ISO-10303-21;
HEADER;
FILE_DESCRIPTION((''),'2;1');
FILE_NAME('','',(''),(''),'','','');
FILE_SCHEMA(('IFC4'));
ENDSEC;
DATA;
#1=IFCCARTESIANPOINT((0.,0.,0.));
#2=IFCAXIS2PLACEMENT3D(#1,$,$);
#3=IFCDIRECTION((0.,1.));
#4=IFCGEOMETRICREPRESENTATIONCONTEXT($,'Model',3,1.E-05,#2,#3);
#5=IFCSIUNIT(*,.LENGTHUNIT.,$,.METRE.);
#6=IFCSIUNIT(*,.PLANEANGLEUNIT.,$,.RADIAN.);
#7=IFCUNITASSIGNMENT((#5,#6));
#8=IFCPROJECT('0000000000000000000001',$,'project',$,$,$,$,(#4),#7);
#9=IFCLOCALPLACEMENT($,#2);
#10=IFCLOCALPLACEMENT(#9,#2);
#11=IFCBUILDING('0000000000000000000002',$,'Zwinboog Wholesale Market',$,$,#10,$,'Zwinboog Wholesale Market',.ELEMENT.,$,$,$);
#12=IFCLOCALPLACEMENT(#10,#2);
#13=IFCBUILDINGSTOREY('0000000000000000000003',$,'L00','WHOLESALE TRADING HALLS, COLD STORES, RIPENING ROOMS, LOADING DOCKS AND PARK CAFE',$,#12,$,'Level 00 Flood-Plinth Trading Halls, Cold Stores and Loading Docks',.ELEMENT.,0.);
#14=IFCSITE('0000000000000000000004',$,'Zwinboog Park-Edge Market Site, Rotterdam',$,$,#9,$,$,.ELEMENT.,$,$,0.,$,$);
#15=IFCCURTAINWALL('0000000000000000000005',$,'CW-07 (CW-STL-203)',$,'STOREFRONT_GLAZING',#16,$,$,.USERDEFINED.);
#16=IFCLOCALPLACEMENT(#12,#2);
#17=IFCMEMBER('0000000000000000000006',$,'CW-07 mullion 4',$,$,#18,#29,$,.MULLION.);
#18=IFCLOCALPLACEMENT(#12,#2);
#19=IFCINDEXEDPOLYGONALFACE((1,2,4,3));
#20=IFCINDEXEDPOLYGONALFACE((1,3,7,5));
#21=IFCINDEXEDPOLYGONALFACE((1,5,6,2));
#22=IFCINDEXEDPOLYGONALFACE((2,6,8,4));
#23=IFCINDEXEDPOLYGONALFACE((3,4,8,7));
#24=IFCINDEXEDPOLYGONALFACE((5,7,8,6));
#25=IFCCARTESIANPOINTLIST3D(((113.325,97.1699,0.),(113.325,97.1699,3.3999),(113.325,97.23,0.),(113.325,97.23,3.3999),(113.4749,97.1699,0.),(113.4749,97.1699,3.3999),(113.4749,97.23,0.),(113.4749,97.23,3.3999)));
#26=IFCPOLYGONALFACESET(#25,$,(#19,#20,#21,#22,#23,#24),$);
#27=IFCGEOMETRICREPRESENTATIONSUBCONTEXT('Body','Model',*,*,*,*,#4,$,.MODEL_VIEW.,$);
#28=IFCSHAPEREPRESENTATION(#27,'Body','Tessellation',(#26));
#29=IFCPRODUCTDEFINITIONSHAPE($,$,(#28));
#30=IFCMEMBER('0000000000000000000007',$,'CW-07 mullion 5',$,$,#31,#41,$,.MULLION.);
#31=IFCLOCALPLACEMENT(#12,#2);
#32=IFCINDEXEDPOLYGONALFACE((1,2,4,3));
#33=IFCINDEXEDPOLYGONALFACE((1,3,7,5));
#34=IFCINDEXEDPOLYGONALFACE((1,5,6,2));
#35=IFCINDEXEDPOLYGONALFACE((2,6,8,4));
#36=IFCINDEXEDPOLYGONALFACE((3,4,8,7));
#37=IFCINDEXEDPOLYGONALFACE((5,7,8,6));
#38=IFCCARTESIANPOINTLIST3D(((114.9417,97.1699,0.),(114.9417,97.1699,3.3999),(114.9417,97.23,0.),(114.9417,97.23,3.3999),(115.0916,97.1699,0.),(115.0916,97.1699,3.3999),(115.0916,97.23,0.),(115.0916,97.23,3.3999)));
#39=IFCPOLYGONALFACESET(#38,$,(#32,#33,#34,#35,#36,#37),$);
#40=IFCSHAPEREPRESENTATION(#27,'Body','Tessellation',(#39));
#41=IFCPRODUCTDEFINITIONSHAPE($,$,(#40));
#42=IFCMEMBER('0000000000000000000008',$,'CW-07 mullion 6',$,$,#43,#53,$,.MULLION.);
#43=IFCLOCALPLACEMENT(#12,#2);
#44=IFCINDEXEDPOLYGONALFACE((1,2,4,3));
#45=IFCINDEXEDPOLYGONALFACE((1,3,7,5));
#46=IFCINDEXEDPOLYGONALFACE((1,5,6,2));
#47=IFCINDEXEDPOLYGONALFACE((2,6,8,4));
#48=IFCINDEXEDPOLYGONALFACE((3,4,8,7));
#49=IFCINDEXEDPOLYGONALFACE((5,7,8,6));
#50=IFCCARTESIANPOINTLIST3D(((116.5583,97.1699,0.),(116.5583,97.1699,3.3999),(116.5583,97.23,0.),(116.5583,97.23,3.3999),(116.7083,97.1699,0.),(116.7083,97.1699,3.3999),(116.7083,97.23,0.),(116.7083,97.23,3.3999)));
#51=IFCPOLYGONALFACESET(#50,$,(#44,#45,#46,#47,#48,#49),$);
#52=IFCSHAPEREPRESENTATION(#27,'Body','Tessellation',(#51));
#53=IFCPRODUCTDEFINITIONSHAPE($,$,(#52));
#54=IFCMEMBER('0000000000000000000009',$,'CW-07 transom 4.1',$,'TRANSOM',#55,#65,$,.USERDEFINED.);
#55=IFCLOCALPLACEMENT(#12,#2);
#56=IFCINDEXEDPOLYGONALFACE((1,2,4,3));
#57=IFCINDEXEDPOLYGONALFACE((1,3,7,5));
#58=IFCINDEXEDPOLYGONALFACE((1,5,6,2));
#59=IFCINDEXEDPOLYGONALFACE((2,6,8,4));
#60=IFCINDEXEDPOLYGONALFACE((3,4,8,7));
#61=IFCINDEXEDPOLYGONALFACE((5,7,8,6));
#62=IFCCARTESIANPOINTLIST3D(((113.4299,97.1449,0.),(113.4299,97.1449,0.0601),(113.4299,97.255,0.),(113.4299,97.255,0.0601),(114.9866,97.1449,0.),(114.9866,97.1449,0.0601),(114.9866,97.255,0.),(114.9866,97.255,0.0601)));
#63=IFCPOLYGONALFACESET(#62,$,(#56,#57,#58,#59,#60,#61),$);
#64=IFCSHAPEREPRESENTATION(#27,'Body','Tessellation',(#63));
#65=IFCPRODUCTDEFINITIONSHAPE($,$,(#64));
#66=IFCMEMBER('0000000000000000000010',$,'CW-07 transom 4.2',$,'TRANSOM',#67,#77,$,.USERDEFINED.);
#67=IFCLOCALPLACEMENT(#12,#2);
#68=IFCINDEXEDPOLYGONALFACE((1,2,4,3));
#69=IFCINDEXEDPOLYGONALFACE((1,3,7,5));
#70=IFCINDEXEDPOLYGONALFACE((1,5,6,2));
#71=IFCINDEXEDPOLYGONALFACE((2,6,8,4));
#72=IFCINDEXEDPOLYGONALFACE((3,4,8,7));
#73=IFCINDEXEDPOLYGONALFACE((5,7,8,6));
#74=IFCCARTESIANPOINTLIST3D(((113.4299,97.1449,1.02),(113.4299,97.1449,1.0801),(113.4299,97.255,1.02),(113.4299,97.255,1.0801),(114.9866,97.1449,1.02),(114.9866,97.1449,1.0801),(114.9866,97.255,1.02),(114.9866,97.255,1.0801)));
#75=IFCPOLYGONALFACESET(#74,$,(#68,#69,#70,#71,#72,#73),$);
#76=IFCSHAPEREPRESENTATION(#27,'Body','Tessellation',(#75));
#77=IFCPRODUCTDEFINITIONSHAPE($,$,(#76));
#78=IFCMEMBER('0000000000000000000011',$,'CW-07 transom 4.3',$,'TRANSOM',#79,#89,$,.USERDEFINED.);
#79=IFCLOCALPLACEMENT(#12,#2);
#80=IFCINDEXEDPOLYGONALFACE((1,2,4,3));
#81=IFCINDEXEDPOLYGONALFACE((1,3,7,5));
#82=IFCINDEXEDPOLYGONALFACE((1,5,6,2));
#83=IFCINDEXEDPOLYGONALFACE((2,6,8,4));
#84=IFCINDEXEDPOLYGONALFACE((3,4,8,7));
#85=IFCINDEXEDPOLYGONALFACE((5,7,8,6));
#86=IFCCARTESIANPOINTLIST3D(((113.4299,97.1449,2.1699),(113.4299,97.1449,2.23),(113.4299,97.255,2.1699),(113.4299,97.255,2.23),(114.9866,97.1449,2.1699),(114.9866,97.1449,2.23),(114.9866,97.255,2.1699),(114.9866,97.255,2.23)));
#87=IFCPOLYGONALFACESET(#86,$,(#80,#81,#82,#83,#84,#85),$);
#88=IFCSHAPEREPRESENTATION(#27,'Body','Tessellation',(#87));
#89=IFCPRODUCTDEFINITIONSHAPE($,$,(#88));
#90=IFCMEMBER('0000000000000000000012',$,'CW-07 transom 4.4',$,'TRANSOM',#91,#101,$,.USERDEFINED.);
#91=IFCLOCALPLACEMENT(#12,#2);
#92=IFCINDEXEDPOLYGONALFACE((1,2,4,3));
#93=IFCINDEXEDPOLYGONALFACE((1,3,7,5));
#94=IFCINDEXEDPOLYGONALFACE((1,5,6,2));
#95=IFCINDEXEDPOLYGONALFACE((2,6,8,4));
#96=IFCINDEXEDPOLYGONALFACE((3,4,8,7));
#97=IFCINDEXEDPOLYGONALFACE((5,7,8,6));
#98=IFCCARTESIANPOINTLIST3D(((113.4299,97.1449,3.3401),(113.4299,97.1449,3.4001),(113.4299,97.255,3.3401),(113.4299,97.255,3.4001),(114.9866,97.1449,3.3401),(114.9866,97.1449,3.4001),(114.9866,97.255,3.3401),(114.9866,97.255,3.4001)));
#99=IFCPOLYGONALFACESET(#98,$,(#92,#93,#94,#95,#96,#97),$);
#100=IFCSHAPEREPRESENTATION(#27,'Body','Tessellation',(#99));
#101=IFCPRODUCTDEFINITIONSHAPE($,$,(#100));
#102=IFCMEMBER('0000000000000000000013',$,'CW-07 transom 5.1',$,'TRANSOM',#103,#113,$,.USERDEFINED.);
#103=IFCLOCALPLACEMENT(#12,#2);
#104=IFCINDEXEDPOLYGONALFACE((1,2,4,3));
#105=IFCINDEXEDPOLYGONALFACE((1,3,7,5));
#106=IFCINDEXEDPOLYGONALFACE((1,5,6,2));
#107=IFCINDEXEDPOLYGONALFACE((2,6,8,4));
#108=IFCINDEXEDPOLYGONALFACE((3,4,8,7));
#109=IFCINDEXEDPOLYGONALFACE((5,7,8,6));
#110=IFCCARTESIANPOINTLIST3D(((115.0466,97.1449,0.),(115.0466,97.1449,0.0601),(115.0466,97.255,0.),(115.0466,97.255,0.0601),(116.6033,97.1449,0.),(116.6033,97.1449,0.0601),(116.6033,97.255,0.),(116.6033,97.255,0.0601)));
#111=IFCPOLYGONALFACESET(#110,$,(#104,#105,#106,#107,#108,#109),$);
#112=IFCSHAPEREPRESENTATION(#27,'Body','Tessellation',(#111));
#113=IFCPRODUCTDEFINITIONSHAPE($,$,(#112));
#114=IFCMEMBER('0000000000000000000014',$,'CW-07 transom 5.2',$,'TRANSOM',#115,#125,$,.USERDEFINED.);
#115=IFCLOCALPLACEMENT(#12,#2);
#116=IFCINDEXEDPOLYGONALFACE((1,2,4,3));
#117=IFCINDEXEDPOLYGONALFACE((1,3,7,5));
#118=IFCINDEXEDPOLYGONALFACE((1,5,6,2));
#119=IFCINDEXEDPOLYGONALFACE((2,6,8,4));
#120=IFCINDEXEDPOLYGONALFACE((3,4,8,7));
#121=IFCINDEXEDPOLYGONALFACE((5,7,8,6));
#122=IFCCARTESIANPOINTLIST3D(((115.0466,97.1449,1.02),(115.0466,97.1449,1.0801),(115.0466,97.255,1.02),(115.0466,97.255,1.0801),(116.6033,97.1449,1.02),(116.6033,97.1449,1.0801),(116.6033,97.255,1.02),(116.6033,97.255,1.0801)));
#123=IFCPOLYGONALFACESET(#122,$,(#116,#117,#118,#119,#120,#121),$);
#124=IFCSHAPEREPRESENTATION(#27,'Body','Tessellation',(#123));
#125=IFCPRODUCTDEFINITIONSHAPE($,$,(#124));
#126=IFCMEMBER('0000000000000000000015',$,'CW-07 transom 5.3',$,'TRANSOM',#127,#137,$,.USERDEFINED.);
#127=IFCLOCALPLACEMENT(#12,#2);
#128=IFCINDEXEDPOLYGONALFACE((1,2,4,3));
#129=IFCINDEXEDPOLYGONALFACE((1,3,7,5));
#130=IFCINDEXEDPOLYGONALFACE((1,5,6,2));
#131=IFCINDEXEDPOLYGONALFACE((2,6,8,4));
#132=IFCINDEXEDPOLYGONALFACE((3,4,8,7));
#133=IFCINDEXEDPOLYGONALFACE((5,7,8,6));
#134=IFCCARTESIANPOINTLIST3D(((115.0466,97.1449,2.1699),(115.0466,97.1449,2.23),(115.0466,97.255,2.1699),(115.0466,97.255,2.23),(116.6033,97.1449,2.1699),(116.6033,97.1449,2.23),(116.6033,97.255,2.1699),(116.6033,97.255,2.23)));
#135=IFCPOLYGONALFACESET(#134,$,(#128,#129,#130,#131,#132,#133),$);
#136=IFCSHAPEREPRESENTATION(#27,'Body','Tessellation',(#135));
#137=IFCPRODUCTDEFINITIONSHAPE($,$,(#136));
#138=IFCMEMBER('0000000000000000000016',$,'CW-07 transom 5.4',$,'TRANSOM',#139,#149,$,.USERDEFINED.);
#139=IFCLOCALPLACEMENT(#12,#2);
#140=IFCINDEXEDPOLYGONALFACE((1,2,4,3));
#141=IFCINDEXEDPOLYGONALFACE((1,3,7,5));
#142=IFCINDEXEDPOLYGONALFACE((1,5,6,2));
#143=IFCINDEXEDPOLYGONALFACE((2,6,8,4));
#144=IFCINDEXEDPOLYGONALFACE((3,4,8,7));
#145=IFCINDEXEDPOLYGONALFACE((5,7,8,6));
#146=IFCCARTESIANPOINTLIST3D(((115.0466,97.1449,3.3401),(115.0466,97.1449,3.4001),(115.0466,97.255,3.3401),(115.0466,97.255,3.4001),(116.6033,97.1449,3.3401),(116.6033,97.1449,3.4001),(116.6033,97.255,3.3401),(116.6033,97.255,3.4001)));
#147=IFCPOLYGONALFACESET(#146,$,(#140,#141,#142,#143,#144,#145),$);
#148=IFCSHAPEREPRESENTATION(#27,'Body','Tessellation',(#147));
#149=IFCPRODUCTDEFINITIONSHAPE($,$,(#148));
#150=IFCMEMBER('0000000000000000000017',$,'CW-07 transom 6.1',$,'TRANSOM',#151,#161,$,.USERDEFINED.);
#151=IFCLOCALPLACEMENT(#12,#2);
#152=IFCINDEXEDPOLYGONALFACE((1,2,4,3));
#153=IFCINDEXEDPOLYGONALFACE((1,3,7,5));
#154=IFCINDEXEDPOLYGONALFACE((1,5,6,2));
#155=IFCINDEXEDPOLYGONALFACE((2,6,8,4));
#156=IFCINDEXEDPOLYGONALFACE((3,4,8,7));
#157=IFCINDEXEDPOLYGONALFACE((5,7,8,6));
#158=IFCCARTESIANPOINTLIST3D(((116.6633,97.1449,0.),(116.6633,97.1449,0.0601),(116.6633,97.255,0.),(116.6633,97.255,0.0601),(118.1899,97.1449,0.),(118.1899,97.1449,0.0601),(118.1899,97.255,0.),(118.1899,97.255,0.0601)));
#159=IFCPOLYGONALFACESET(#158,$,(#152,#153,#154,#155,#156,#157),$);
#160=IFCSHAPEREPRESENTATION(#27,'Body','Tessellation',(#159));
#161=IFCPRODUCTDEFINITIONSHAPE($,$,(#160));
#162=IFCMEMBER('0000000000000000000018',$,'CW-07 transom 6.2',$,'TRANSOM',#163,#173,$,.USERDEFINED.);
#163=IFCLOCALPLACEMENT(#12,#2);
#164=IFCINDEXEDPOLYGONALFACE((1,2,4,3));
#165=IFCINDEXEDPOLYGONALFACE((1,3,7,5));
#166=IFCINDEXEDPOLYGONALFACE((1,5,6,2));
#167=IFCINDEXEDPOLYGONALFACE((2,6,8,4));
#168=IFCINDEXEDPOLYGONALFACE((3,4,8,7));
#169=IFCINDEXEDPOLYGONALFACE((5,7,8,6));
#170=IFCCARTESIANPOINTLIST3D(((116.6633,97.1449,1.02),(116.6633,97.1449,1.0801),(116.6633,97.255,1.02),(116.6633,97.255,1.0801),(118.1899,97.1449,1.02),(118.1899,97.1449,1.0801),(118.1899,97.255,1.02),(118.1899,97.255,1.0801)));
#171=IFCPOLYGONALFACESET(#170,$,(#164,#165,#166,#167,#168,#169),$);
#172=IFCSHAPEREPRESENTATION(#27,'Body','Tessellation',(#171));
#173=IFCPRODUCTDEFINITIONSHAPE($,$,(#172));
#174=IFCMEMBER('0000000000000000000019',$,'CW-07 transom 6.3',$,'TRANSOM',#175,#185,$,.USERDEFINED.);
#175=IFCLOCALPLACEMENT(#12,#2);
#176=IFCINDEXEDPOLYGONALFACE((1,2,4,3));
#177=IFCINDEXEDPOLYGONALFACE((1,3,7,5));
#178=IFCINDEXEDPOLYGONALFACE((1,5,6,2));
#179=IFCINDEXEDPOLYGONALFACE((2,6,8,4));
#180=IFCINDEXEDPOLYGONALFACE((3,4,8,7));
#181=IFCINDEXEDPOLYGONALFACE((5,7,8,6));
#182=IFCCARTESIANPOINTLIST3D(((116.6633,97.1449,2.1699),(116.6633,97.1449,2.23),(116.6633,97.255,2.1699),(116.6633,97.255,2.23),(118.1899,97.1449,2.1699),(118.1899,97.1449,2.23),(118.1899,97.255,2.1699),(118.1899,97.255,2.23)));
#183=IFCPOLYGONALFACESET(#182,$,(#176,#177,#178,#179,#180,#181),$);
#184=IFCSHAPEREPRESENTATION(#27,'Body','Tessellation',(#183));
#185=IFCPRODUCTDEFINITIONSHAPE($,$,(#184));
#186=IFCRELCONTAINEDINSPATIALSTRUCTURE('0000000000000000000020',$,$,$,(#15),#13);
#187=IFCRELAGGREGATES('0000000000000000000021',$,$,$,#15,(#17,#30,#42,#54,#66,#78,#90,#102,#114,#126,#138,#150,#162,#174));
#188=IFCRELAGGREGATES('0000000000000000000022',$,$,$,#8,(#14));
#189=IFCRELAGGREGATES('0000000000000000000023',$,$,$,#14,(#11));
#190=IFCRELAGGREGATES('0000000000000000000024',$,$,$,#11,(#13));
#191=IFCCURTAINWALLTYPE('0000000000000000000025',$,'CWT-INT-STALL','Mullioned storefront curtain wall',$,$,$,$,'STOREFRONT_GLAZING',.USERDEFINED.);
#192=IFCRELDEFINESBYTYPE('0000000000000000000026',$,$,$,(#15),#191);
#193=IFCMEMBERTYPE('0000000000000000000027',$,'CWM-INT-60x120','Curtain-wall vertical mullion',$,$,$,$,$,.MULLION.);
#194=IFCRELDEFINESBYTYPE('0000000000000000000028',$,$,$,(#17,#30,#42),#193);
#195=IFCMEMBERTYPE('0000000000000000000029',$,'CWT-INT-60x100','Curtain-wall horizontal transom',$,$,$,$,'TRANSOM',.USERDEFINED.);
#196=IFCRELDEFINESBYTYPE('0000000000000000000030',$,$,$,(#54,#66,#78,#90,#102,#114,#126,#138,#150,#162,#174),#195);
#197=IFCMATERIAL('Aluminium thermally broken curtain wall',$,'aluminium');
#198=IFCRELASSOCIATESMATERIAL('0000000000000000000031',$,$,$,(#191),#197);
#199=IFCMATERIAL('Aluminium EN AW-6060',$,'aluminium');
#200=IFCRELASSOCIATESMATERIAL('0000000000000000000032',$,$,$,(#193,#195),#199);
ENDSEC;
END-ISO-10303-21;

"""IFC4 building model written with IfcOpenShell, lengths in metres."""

from ifc_helpers import new_model, si_unit, direction, frame, origin, origin_2d, place, context, subcontext, project, spatial, rectangle, extrude, material, material_profile, profile_set, type_object, element, aggregate, save


model = new_model("IFC4")

# Units and contexts
model_context = context("Model", 3, precision=1e-05, world=origin(), true_north=direction((0.0, 1.0)))
body_context = subcontext(model_context, "Body", "Model", "MODEL_VIEW")
ifc_project = project(units=[si_unit("LENGTHUNIT", "METRE"), si_unit("PLANEANGLEUNIT", "RADIAN")], contexts=[model_context])

# Site, building, storey
site_placement = place(None, origin())
site = spatial("IfcSite", under=ifc_project, at=site_placement, Name="Zwinboog Park-Edge Market Site, Rotterdam", CompositionType="ELEMENT", RefElevation=0.0)
building_placement = place(site_placement, origin())
building = spatial("IfcBuilding", under=site, at=building_placement, Name="Zwinboog Wholesale Market", LongName="Zwinboog Wholesale Market", CompositionType="ELEMENT")
storey_placement = place(building_placement, origin())
storey = spatial("IfcBuildingStorey", under=building, at=storey_placement, Name="L00", Description="WHOLESALE TRADING HALLS, COLD STORES, RIPENING ROOMS, LOADING DOCKS AND PARK CAFE", LongName="Level 00 Flood-Plinth Trading Halls, Cold Stores and Loading Docks", CompositionType="ELEMENT", Elevation=0.0)

# Curtain wall, members
ifc_material_1 = material(Name="Aluminium thermally broken curtain wall", Category="aluminium")
curtain_wall_type = type_object("IfcCurtainWallType", Name="CWT-INT-STALL", Description="Mullioned storefront curtain wall", ElementType="STOREFRONT_GLAZING", PredefinedType="USERDEFINED", material=ifc_material_1)
curtain_wall_placement = place(storey_placement, origin())
curtain_wall = element("IfcCurtainWall", 1, at=curtain_wall_placement, inside=storey, type_object=curtain_wall_type, Name="CW-07 (CW-STL-203)", ObjectType="STOREFRONT_GLAZING", PredefinedType="USERDEFINED")
ifc_material_2 = material(Name="Aluminium EN AW-6060", Category="aluminium")
ifc_material_profile_1 = material_profile(ifc_material_2, rectangle(XDim=0.0601, YDim=0.1499, at=origin_2d()), Name="AL 60x150")
ifc_profile_set_1 = profile_set([ifc_material_profile_1], Name="Aluminium EN AW-6060")
member_type_1 = type_object("IfcMemberType", Name="CWM-INT-60x120", Description="Curtain-wall vertical mullion", PredefinedType="MULLION", material=ifc_profile_set_1)
member_1_placement = place(storey_placement, frame((113.3999, 97.2, 0.0), z_axis=(0.0, 0.0, 1.0), x_axis=(0.0, 1.0, 0.0)))
member_1 = element("IfcMember", 2, at=member_1_placement, type_object=member_type_1, Name="CW-07 mullion 4", PredefinedType="MULLION", context=body_context, shape_type="SweptSolid", body=[
    extrude(rectangle(XDim=0.0601, YDim=0.1499, at=origin_2d()), origin(), (0.0, 0.0, 1.0), 3.3999),
])
member_2_placement = place(storey_placement, frame((115.0166, 97.2, 0.0), z_axis=(0.0, 0.0, 1.0), x_axis=(0.0, 1.0, 0.0)))
member_2 = element("IfcMember", 3, at=member_2_placement, type_object=member_type_1, Name="CW-07 mullion 5", PredefinedType="MULLION", context=body_context, shape_type="SweptSolid", body=[
    extrude(rectangle(XDim=0.0601, YDim=0.1499, at=origin_2d()), origin(), (0.0, 0.0, 1.0), 3.3999),
])
member_3_placement = place(storey_placement, frame((116.6333, 97.2, 0.0), z_axis=(0.0, 0.0, 1.0), x_axis=(0.0, 1.0, 0.0)))
member_3 = element("IfcMember", 4, at=member_3_placement, type_object=member_type_1, Name="CW-07 mullion 6", PredefinedType="MULLION", context=body_context, shape_type="SweptSolid", body=[
    extrude(rectangle(XDim=0.0601, YDim=0.1499, at=origin_2d()), origin(), (0.0, 0.0, 1.0), 3.3999),
])
ifc_material_profile_2 = material_profile(ifc_material_2, rectangle(XDim=0.1101, YDim=0.0601, at=origin_2d()), Name="AL 60x110")
ifc_profile_set_2 = profile_set([ifc_material_profile_2], Name="Aluminium EN AW-6060")
member_type_2 = type_object("IfcMemberType", Name="CWT-INT-60x100", Description="Curtain-wall horizontal transom", ElementType="TRANSOM", PredefinedType="USERDEFINED", material=ifc_profile_set_2)
member_4_placement = place(storey_placement, frame((113.4299, 97.2, 0.03), z_axis=(1.0, 0.0, 0.0), x_axis=(0.0, 1.0, 0.0)))
member_4 = element("IfcMember", 5, at=member_4_placement, type_object=member_type_2, Name="CW-07 transom 4.1", ObjectType="TRANSOM", PredefinedType="USERDEFINED", context=body_context, shape_type="SweptSolid", body=[
    extrude(rectangle(XDim=0.1101, YDim=0.0601, at=origin_2d()), origin(), (0.0, 0.0, 1.0), 1.5566),
])
member_5_placement = place(storey_placement, frame((113.4299, 97.2, 1.05), z_axis=(1.0, 0.0, 0.0), x_axis=(0.0, 1.0, 0.0)))
member_5 = element("IfcMember", 6, at=member_5_placement, type_object=member_type_2, Name="CW-07 transom 4.2", ObjectType="TRANSOM", PredefinedType="USERDEFINED", context=body_context, shape_type="SweptSolid", body=[
    extrude(rectangle(XDim=0.1101, YDim=0.0601, at=origin_2d()), origin(), (0.0, 0.0, 1.0), 1.5566),
])
member_6_placement = place(storey_placement, frame((113.4299, 97.2, 2.2), z_axis=(1.0, 0.0, 0.0), x_axis=(0.0, 1.0, 0.0)))
member_6 = element("IfcMember", 7, at=member_6_placement, type_object=member_type_2, Name="CW-07 transom 4.3", ObjectType="TRANSOM", PredefinedType="USERDEFINED", context=body_context, shape_type="SweptSolid", body=[
    extrude(rectangle(XDim=0.1101, YDim=0.0601, at=origin_2d()), origin(), (0.0, 0.0, 1.0), 1.5566),
])
member_7_placement = place(storey_placement, frame((113.4299, 97.2, 3.3701), z_axis=(1.0, 0.0, 0.0), x_axis=(0.0, 1.0, 0.0)))
member_7 = element("IfcMember", 8, at=member_7_placement, type_object=member_type_2, Name="CW-07 transom 4.4", ObjectType="TRANSOM", PredefinedType="USERDEFINED", context=body_context, shape_type="SweptSolid", body=[
    extrude(rectangle(XDim=0.1101, YDim=0.0601, at=origin_2d()), origin(), (0.0, 0.0, 1.0), 1.5566),
])
member_8_placement = place(storey_placement, frame((115.0466, 97.2, 0.03), z_axis=(1.0, 0.0, 0.0), x_axis=(0.0, 1.0, 0.0)))
member_8 = element("IfcMember", 9, at=member_8_placement, type_object=member_type_2, Name="CW-07 transom 5.1", ObjectType="TRANSOM", PredefinedType="USERDEFINED", context=body_context, shape_type="SweptSolid", body=[
    extrude(rectangle(XDim=0.1101, YDim=0.0601, at=origin_2d()), origin(), (0.0, 0.0, 1.0), 1.5566),
])
member_9_placement = place(storey_placement, frame((115.0466, 97.2, 1.05), z_axis=(1.0, 0.0, 0.0), x_axis=(0.0, 1.0, 0.0)))
member_9 = element("IfcMember", 10, at=member_9_placement, type_object=member_type_2, Name="CW-07 transom 5.2", ObjectType="TRANSOM", PredefinedType="USERDEFINED", context=body_context, shape_type="SweptSolid", body=[
    extrude(rectangle(XDim=0.1101, YDim=0.0601, at=origin_2d()), origin(), (0.0, 0.0, 1.0), 1.5566),
])
member_10_placement = place(storey_placement, frame((115.0466, 97.2, 2.2), z_axis=(1.0, 0.0, 0.0), x_axis=(0.0, 1.0, 0.0)))
member_10 = element("IfcMember", 11, at=member_10_placement, type_object=member_type_2, Name="CW-07 transom 5.3", ObjectType="TRANSOM", PredefinedType="USERDEFINED", context=body_context, shape_type="SweptSolid", body=[
    extrude(rectangle(XDim=0.1101, YDim=0.0601, at=origin_2d()), origin(), (0.0, 0.0, 1.0), 1.5566),
])
member_11_placement = place(storey_placement, frame((115.0466, 97.2, 3.3701), z_axis=(1.0, 0.0, 0.0), x_axis=(0.0, 1.0, 0.0)))
member_11 = element("IfcMember", 12, at=member_11_placement, type_object=member_type_2, Name="CW-07 transom 5.4", ObjectType="TRANSOM", PredefinedType="USERDEFINED", context=body_context, shape_type="SweptSolid", body=[
    extrude(rectangle(XDim=0.1101, YDim=0.0601, at=origin_2d()), origin(), (0.0, 0.0, 1.0), 1.5566),
])
member_12_placement = place(storey_placement, frame((116.6633, 97.2, 0.03), z_axis=(1.0, 0.0, 0.0), x_axis=(0.0, 1.0, 0.0)))
member_12 = element("IfcMember", 13, at=member_12_placement, type_object=member_type_2, Name="CW-07 transom 6.1", ObjectType="TRANSOM", PredefinedType="USERDEFINED", context=body_context, shape_type="SweptSolid", body=[
    extrude(rectangle(XDim=0.1101, YDim=0.0601, at=origin_2d()), origin(), (0.0, 0.0, 1.0), 1.5266),
])
member_13_placement = place(storey_placement, frame((116.6633, 97.2, 1.05), z_axis=(1.0, 0.0, 0.0), x_axis=(0.0, 1.0, 0.0)))
member_13 = element("IfcMember", 14, at=member_13_placement, type_object=member_type_2, Name="CW-07 transom 6.2", ObjectType="TRANSOM", PredefinedType="USERDEFINED", context=body_context, shape_type="SweptSolid", body=[
    extrude(rectangle(XDim=0.1101, YDim=0.0601, at=origin_2d()), origin(), (0.0, 0.0, 1.0), 1.5266),
])
member_14_placement = place(storey_placement, frame((116.6633, 97.2, 2.2), z_axis=(1.0, 0.0, 0.0), x_axis=(0.0, 1.0, 0.0)))
member_14 = element("IfcMember", 15, at=member_14_placement, type_object=member_type_2, Name="CW-07 transom 6.3", ObjectType="TRANSOM", PredefinedType="USERDEFINED", context=body_context, shape_type="SweptSolid", body=[
    extrude(rectangle(XDim=0.1101, YDim=0.0601, at=origin_2d()), origin(), (0.0, 0.0, 1.0), 1.5266),
])
aggregate(curtain_wall, [member_1, member_2, member_3, member_4, member_5, member_6, member_7, member_8, member_9, member_10, member_11, member_12, member_13, member_14])

save(model, "model.ifc")
